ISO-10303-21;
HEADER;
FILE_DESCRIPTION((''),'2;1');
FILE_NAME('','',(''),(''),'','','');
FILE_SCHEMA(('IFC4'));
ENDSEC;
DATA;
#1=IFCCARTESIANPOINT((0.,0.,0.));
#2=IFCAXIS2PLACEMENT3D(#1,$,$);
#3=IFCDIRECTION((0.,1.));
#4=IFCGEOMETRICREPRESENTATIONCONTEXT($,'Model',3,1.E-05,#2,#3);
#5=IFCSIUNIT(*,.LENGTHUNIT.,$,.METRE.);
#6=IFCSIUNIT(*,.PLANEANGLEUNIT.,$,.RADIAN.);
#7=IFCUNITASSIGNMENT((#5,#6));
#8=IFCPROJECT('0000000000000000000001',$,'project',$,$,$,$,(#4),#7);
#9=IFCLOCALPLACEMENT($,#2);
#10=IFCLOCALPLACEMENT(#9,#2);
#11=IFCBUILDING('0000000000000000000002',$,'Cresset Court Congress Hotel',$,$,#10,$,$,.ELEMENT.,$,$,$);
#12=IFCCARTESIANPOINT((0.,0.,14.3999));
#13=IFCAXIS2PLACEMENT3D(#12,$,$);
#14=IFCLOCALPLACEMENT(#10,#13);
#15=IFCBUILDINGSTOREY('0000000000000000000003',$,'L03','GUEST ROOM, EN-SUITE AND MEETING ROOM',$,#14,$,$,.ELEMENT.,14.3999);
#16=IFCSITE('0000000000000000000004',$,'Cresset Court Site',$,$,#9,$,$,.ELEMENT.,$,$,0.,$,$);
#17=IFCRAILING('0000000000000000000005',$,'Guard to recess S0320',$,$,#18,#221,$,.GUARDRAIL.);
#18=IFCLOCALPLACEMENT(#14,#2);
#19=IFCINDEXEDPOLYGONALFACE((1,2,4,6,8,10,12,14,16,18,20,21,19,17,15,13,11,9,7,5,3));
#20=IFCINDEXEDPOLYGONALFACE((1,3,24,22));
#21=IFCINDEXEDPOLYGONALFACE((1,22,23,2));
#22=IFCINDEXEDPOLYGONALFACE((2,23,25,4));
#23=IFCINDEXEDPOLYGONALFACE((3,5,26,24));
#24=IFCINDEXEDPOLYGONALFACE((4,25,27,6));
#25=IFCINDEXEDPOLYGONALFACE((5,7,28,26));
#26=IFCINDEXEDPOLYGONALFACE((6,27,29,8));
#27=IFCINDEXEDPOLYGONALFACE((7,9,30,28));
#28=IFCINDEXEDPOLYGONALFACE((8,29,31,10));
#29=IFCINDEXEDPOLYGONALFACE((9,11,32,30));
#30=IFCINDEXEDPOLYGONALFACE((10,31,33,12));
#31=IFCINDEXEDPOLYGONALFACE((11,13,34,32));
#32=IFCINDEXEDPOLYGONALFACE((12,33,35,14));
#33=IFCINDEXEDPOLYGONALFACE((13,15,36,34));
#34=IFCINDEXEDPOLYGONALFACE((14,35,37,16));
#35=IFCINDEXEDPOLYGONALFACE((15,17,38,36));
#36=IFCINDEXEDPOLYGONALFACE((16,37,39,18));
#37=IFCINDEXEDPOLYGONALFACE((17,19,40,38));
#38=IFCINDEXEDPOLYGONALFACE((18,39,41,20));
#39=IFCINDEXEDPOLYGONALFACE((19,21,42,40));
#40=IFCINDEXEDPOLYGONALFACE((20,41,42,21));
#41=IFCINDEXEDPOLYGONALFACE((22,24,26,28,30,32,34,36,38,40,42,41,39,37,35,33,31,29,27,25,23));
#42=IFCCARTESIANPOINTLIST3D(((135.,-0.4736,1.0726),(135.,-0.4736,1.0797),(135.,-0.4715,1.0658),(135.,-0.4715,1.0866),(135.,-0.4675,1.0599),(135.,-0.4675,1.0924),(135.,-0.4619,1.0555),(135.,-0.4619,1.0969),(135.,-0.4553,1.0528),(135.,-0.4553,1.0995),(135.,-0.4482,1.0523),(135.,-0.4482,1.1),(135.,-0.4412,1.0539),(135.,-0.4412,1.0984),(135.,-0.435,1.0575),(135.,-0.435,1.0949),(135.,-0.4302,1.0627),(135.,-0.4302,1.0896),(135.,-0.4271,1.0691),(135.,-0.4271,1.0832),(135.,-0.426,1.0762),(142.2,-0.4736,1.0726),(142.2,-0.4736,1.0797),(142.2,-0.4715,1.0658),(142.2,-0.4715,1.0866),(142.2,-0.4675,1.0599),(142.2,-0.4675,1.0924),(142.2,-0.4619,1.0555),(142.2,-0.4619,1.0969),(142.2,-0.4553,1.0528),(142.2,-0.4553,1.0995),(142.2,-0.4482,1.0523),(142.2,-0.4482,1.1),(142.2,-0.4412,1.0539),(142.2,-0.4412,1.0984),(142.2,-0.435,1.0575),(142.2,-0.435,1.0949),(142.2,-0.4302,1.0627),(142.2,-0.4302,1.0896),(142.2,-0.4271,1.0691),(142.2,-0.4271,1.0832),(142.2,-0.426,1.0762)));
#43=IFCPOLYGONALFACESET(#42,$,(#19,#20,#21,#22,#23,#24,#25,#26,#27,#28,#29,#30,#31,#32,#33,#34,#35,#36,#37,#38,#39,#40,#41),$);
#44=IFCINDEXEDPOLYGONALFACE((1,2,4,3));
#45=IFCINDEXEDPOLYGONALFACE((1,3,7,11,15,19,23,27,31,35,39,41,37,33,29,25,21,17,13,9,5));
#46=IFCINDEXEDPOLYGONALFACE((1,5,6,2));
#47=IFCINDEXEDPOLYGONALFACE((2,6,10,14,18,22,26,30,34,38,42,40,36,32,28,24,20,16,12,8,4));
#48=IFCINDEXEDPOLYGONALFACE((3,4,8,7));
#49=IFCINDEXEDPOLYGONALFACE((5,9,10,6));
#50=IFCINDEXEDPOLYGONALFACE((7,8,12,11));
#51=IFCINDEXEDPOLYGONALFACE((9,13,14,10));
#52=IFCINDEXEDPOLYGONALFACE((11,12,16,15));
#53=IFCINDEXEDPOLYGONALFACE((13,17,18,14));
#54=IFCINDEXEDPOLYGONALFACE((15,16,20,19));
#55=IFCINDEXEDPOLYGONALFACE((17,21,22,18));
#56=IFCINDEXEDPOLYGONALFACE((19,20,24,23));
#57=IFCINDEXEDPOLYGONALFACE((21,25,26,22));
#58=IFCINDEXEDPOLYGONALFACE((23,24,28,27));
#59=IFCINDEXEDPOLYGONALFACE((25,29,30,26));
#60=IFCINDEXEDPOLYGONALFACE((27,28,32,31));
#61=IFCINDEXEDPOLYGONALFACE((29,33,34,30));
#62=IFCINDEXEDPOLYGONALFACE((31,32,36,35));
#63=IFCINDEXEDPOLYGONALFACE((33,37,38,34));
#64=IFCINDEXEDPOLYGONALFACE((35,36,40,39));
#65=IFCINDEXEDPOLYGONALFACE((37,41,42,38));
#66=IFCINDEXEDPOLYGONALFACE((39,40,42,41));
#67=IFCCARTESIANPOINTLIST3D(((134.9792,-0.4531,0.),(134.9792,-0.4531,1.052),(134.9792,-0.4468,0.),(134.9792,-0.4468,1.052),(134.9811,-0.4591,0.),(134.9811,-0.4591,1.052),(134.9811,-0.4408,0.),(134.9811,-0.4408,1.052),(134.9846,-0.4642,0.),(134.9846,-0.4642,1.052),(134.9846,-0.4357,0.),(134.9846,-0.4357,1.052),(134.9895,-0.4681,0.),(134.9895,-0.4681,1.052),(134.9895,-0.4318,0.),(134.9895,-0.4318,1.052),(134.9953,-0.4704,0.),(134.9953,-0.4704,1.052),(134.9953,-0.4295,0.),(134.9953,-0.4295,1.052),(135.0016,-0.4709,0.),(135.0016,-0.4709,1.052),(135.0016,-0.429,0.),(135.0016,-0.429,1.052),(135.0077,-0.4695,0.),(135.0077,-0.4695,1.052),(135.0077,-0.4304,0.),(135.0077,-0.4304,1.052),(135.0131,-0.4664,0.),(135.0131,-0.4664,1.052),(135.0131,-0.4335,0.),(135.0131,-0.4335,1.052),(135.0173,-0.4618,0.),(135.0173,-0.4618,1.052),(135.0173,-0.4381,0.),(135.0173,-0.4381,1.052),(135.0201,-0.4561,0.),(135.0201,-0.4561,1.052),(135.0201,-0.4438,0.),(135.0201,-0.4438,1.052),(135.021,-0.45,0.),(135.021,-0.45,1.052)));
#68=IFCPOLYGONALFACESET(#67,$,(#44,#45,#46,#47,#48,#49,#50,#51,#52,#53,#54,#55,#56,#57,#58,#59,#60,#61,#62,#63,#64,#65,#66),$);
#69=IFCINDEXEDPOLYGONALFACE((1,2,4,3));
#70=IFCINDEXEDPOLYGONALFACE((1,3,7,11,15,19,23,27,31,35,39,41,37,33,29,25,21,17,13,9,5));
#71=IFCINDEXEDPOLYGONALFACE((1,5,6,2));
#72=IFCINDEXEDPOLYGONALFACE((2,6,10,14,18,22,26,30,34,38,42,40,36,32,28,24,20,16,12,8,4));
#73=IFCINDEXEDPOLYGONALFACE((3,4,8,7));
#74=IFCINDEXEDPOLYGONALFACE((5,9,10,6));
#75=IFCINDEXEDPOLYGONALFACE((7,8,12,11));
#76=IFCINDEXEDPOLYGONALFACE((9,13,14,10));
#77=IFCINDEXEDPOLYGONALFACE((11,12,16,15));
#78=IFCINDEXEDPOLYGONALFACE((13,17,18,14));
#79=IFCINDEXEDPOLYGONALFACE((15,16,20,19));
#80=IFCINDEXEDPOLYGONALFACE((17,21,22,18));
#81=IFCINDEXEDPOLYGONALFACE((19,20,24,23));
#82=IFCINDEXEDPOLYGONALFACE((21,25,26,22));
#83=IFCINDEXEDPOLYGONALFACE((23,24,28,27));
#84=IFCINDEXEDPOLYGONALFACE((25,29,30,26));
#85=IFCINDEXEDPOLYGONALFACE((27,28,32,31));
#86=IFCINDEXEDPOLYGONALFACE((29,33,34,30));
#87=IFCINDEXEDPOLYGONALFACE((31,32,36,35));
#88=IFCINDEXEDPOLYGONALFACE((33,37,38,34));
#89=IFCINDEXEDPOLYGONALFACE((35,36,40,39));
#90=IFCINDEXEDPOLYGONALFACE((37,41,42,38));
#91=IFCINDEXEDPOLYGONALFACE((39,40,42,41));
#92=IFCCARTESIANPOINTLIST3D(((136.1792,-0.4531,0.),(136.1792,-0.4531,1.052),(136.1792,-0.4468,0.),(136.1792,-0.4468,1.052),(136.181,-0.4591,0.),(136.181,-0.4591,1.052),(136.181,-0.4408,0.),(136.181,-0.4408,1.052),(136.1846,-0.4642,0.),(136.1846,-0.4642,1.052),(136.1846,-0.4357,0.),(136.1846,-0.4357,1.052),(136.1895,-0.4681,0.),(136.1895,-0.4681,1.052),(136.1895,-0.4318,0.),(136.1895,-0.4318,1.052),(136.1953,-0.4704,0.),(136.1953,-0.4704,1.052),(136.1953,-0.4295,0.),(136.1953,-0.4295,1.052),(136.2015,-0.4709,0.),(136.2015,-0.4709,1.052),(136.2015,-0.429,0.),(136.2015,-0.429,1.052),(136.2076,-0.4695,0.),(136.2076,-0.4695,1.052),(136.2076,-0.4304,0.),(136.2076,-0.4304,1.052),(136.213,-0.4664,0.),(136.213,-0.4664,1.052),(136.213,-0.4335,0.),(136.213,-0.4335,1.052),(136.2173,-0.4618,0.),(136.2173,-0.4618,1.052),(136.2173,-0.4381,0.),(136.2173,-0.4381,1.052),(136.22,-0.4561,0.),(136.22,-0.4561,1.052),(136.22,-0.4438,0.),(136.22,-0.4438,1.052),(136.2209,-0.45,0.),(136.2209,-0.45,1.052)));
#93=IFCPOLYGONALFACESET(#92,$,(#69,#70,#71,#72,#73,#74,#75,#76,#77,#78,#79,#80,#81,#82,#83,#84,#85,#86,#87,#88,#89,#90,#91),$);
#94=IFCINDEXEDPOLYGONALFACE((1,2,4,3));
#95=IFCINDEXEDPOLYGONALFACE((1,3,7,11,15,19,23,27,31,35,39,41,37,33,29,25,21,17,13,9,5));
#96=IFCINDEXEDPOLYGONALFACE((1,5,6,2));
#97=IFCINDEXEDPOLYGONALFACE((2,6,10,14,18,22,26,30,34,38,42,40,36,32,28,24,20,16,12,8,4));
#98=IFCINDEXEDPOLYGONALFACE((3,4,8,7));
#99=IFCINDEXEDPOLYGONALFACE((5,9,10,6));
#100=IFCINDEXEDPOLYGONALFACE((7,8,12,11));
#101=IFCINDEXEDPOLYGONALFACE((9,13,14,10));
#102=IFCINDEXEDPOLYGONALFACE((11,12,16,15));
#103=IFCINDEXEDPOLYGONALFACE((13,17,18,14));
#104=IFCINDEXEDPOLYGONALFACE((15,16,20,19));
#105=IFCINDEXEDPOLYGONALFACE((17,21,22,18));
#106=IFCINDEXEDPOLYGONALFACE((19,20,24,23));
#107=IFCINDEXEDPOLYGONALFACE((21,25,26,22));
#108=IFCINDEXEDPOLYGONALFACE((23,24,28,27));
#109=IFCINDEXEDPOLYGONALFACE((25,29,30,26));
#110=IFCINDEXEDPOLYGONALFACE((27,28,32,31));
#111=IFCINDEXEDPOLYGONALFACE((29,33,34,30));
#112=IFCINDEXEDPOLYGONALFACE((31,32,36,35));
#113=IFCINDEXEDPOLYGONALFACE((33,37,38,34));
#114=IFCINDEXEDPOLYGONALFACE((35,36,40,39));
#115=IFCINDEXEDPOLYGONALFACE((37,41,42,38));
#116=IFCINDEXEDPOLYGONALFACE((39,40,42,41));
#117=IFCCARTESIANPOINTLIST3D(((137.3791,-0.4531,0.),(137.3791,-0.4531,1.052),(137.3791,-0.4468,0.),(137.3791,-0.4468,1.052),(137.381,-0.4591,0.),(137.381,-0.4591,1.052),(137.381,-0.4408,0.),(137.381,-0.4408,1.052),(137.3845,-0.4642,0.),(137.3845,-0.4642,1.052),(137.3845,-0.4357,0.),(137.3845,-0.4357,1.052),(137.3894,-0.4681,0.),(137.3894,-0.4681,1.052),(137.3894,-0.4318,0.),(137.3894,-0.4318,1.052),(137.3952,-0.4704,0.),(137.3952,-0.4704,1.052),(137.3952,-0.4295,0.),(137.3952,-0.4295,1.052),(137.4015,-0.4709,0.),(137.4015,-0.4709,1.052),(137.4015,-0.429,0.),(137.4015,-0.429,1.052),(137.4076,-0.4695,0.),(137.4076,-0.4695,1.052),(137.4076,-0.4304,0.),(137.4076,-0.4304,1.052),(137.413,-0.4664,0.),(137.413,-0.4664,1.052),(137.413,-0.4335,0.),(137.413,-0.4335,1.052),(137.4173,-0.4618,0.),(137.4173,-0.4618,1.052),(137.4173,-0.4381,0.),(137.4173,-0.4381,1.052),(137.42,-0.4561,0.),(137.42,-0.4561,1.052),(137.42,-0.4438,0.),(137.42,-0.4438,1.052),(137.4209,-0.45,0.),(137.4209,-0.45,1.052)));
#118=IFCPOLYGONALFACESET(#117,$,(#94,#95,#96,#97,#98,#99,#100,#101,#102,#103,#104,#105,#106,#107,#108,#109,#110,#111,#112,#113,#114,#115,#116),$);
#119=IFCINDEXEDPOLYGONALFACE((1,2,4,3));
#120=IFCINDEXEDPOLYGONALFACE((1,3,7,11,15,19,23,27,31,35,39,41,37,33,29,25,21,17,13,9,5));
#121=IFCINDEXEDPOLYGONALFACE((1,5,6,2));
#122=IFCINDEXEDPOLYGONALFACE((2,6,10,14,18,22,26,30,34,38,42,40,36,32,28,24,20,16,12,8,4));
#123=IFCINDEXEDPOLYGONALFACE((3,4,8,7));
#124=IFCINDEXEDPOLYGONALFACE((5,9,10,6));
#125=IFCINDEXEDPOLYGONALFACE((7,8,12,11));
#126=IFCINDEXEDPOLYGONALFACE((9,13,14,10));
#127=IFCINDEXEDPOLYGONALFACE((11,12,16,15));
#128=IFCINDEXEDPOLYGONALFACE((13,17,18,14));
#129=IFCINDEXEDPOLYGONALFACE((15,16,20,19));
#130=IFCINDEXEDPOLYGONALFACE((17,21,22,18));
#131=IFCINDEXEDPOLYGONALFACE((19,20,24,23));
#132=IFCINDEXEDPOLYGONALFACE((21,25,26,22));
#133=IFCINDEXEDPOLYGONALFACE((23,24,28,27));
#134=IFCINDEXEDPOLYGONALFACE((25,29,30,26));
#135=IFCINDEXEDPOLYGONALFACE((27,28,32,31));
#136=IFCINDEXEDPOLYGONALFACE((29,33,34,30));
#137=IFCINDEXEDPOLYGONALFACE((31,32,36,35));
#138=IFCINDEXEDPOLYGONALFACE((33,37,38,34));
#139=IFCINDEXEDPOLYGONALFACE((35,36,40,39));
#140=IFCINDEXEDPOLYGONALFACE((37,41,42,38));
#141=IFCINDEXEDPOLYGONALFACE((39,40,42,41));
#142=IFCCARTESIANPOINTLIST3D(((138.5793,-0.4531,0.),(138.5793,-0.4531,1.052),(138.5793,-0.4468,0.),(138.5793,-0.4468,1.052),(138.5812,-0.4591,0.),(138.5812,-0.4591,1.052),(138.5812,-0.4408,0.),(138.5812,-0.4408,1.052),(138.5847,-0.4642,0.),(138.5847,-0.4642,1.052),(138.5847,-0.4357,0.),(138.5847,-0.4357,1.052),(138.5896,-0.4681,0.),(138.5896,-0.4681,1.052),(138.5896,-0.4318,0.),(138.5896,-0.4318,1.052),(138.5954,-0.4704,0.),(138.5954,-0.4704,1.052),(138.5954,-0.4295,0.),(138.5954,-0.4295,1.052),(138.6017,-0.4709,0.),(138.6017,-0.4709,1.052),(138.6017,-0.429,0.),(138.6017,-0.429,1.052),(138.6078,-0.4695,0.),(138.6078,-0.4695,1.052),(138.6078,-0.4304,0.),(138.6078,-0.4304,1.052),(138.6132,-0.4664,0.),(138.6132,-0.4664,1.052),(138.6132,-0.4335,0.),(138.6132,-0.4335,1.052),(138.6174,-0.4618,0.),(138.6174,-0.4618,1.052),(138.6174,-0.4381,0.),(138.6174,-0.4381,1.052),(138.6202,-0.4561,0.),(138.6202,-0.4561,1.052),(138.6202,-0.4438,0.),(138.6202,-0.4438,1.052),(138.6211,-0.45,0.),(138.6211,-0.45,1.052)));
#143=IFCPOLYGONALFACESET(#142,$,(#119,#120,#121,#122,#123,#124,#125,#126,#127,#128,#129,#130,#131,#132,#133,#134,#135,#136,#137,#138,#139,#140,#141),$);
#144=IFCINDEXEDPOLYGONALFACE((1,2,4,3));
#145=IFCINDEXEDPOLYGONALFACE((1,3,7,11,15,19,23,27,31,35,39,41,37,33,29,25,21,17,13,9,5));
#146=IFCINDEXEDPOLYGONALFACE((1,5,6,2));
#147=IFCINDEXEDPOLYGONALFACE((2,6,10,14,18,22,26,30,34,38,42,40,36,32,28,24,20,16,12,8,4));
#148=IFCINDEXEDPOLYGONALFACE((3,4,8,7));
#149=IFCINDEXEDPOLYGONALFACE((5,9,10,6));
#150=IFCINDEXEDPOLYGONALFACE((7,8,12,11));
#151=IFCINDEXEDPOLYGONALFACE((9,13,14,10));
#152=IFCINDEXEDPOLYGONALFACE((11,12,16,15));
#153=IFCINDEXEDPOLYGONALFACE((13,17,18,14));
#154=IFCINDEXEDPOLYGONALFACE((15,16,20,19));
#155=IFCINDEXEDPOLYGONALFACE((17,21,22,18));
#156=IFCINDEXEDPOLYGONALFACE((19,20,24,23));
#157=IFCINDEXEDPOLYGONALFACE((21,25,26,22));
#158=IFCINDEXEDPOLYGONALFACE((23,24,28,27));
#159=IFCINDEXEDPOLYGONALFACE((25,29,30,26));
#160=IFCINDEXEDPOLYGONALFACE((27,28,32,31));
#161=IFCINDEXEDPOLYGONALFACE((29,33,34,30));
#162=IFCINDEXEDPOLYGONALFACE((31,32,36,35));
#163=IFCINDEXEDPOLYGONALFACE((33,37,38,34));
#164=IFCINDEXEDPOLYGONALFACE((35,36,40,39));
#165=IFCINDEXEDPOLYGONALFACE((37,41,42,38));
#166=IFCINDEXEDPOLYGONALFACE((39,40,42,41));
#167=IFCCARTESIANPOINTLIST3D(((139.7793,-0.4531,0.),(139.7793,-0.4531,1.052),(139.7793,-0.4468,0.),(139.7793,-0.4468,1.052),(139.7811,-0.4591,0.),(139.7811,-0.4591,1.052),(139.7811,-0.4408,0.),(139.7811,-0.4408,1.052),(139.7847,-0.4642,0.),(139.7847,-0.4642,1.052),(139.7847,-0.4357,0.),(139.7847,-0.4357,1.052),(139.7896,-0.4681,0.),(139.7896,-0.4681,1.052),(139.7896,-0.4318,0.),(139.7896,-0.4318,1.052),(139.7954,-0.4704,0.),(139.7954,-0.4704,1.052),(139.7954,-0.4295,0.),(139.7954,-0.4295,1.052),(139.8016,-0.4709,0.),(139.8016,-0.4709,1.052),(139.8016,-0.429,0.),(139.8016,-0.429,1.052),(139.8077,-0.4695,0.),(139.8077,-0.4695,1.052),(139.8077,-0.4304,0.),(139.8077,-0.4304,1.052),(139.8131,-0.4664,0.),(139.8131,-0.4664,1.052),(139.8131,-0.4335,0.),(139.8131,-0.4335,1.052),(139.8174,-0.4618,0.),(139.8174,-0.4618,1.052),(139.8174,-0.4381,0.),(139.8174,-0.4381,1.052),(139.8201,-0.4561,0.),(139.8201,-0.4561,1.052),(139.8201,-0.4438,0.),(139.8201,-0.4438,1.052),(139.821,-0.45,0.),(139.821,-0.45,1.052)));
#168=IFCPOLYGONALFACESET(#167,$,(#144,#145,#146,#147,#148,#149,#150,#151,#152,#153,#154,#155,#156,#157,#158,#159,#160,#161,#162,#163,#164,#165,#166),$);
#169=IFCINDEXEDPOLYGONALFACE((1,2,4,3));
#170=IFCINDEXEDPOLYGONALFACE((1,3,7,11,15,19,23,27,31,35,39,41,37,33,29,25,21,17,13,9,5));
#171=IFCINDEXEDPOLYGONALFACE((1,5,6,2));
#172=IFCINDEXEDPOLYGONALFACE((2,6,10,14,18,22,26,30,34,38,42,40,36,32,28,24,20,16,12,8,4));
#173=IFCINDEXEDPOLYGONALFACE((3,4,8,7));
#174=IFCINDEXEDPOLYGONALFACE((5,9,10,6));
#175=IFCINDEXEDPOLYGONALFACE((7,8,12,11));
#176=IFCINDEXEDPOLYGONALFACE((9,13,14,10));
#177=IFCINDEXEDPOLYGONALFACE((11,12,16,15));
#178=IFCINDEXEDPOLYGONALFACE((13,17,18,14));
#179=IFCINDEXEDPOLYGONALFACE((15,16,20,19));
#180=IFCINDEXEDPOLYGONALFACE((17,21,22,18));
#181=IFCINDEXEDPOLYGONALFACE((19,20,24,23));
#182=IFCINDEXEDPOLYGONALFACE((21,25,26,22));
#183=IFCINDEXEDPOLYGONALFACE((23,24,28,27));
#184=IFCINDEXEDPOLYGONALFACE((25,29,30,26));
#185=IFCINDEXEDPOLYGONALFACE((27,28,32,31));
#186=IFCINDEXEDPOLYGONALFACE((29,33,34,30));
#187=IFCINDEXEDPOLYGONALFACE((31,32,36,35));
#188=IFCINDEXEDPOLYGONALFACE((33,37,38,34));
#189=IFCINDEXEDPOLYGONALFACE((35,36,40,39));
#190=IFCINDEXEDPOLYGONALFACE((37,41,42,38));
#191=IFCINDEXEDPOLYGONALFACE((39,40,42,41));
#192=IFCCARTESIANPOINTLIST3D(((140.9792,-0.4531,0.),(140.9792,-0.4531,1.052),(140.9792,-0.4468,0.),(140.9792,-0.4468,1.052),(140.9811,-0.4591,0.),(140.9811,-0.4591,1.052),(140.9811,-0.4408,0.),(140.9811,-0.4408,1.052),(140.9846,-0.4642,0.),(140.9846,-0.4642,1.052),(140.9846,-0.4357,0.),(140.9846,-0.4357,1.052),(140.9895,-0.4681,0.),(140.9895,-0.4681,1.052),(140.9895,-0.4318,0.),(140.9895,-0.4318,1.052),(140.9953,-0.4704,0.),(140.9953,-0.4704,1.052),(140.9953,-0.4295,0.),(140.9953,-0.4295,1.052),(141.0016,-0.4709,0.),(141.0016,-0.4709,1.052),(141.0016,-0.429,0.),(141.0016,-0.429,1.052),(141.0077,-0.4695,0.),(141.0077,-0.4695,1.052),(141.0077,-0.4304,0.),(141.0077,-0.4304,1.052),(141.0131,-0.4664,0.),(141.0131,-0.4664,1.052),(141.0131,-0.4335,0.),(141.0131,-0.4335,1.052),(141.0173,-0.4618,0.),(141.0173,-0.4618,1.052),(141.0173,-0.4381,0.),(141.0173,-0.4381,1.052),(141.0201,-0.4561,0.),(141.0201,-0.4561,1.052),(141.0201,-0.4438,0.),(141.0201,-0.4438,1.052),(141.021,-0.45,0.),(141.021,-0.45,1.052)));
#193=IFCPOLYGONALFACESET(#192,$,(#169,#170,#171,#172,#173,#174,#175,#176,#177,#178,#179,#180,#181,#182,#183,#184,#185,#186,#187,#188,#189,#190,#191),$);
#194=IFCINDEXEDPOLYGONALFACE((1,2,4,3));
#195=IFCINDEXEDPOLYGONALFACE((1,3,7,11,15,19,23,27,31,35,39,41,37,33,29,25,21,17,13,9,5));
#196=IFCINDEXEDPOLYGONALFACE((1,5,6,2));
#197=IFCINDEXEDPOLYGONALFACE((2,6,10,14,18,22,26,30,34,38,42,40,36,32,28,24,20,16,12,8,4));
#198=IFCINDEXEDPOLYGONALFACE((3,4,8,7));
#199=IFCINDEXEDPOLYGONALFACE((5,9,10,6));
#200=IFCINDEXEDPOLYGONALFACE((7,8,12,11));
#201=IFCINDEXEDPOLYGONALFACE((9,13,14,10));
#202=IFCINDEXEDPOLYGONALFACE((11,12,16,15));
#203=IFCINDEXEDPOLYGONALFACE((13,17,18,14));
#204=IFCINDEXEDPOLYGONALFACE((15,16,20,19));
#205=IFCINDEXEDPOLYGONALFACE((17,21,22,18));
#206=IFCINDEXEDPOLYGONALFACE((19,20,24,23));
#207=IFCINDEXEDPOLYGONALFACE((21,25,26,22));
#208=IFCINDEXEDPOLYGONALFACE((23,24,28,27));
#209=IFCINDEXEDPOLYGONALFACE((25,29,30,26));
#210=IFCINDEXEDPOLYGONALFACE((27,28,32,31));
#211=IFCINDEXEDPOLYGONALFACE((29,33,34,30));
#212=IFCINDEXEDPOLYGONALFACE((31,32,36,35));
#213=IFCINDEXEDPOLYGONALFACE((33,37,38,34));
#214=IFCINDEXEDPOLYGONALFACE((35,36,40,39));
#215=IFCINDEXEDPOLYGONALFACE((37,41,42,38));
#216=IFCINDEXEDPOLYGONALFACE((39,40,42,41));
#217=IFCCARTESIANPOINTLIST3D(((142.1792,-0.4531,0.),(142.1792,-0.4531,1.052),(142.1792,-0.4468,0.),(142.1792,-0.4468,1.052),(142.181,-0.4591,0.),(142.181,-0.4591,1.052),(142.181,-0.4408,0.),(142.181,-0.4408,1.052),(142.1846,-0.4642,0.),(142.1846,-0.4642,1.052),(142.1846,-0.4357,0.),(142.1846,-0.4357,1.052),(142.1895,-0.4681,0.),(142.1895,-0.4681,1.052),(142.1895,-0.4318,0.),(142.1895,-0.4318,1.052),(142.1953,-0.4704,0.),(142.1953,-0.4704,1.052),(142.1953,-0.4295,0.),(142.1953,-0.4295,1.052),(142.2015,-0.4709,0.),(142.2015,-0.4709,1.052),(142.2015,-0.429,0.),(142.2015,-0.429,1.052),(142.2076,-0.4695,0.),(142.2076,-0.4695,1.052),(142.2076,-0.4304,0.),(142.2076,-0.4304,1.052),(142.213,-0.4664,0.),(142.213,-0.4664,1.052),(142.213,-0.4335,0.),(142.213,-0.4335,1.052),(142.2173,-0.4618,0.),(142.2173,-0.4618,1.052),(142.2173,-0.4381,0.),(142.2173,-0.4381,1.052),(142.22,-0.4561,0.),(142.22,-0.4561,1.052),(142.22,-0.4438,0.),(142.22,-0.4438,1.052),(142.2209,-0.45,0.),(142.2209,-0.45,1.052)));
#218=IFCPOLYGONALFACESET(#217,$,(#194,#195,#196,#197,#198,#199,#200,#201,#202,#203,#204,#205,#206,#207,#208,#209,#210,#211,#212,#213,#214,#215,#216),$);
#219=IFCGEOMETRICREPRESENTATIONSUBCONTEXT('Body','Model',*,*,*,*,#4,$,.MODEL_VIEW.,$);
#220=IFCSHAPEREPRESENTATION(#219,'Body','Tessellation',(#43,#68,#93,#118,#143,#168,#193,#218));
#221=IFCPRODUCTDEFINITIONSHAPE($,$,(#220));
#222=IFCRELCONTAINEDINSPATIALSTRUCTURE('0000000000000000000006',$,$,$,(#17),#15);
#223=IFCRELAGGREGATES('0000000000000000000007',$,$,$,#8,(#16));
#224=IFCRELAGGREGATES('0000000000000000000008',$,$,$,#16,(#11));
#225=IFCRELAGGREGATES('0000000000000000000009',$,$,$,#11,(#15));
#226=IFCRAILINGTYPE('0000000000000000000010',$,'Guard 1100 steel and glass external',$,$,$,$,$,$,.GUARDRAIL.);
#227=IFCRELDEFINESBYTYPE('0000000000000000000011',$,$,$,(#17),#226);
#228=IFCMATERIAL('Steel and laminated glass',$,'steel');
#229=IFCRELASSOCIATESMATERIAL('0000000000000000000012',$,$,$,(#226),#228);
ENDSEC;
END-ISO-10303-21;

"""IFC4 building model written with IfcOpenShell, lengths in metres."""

from ifc_helpers import new_model, si_unit, direction, frame, origin, origin_2d, place, context, subcontext, project, spatial, circle, extrude, material, type_object, element, save


model = new_model("IFC4")

# Units and contexts
model_context = context("Model", 3, precision=1e-05, world=origin(), true_north=direction((0.0, 1.0)))
body_context = subcontext(model_context, "Body", "Model", "MODEL_VIEW")
ifc_project = project(units=[si_unit("LENGTHUNIT", "METRE"), si_unit("PLANEANGLEUNIT", "RADIAN")], contexts=[model_context])

# Site, building, storey
site_placement = place(None, origin())
site = spatial("IfcSite", under=ifc_project, at=site_placement, Name="Cresset Court Site", CompositionType="ELEMENT", RefElevation=0.0)
building_placement = place(site_placement, origin())
building = spatial("IfcBuilding", under=site, at=building_placement, Name="Cresset Court Congress Hotel", CompositionType="ELEMENT")
storey_placement = place(building_placement, frame((0.0, 0.0, 14.3999)))
storey = spatial("IfcBuildingStorey", under=building, at=storey_placement, Name="L03", Description="GUEST ROOM, EN-SUITE AND MEETING ROOM", CompositionType="ELEMENT", Elevation=14.3999)

# Railing
ifc_material_1 = material(Name="Steel and laminated glass", Category="steel")
railing_type = type_object("IfcRailingType", Name="Guard 1100 steel and glass external", PredefinedType="GUARDRAIL", material=ifc_material_1)
railing_placement = place(storey_placement, frame((135.0, -0.45, 0.0)))
element("IfcRailing", 1, at=railing_placement, inside=storey, type_object=railing_type, Name="Guard to recess S0320", PredefinedType="GUARDRAIL", context=body_context, shape_type="SweptSolid", body=[
    extrude(circle(Radius=0.0239, at=origin_2d()), frame((0.0, 0.0, 1.0762), z_axis=(1.0, 0.0, 0.0), x_axis=(0.0, 1.0, 0.0)), (0.0, 0.0, 1.0), 7.2),
    extrude(circle(Radius=0.021, at=origin_2d()), origin(), (0.0, 0.0, 1.0), 1.052),
    extrude(circle(Radius=0.021, at=origin_2d()), frame((1.2, 0.0, 0.0)), (0.0, 0.0, 1.0), 1.052),
    extrude(circle(Radius=0.021, at=origin_2d()), frame((2.3999, 0.0, 0.0)), (0.0, 0.0, 1.0), 1.052),
    extrude(circle(Radius=0.021, at=origin_2d()), frame((3.6001, 0.0, 0.0)), (0.0, 0.0, 1.0), 1.052),
    extrude(circle(Radius=0.021, at=origin_2d()), frame((4.8, 0.0, 0.0)), (0.0, 0.0, 1.0), 1.052),
    extrude(circle(Radius=0.021, at=origin_2d()), frame((6.0, 0.0, 0.0)), (0.0, 0.0, 1.0), 1.052),
    extrude(circle(Radius=0.021, at=origin_2d()), frame((7.2, 0.0, 0.0)), (0.0, 0.0, 1.0), 1.052),
])

save(model, "model.ifc")
